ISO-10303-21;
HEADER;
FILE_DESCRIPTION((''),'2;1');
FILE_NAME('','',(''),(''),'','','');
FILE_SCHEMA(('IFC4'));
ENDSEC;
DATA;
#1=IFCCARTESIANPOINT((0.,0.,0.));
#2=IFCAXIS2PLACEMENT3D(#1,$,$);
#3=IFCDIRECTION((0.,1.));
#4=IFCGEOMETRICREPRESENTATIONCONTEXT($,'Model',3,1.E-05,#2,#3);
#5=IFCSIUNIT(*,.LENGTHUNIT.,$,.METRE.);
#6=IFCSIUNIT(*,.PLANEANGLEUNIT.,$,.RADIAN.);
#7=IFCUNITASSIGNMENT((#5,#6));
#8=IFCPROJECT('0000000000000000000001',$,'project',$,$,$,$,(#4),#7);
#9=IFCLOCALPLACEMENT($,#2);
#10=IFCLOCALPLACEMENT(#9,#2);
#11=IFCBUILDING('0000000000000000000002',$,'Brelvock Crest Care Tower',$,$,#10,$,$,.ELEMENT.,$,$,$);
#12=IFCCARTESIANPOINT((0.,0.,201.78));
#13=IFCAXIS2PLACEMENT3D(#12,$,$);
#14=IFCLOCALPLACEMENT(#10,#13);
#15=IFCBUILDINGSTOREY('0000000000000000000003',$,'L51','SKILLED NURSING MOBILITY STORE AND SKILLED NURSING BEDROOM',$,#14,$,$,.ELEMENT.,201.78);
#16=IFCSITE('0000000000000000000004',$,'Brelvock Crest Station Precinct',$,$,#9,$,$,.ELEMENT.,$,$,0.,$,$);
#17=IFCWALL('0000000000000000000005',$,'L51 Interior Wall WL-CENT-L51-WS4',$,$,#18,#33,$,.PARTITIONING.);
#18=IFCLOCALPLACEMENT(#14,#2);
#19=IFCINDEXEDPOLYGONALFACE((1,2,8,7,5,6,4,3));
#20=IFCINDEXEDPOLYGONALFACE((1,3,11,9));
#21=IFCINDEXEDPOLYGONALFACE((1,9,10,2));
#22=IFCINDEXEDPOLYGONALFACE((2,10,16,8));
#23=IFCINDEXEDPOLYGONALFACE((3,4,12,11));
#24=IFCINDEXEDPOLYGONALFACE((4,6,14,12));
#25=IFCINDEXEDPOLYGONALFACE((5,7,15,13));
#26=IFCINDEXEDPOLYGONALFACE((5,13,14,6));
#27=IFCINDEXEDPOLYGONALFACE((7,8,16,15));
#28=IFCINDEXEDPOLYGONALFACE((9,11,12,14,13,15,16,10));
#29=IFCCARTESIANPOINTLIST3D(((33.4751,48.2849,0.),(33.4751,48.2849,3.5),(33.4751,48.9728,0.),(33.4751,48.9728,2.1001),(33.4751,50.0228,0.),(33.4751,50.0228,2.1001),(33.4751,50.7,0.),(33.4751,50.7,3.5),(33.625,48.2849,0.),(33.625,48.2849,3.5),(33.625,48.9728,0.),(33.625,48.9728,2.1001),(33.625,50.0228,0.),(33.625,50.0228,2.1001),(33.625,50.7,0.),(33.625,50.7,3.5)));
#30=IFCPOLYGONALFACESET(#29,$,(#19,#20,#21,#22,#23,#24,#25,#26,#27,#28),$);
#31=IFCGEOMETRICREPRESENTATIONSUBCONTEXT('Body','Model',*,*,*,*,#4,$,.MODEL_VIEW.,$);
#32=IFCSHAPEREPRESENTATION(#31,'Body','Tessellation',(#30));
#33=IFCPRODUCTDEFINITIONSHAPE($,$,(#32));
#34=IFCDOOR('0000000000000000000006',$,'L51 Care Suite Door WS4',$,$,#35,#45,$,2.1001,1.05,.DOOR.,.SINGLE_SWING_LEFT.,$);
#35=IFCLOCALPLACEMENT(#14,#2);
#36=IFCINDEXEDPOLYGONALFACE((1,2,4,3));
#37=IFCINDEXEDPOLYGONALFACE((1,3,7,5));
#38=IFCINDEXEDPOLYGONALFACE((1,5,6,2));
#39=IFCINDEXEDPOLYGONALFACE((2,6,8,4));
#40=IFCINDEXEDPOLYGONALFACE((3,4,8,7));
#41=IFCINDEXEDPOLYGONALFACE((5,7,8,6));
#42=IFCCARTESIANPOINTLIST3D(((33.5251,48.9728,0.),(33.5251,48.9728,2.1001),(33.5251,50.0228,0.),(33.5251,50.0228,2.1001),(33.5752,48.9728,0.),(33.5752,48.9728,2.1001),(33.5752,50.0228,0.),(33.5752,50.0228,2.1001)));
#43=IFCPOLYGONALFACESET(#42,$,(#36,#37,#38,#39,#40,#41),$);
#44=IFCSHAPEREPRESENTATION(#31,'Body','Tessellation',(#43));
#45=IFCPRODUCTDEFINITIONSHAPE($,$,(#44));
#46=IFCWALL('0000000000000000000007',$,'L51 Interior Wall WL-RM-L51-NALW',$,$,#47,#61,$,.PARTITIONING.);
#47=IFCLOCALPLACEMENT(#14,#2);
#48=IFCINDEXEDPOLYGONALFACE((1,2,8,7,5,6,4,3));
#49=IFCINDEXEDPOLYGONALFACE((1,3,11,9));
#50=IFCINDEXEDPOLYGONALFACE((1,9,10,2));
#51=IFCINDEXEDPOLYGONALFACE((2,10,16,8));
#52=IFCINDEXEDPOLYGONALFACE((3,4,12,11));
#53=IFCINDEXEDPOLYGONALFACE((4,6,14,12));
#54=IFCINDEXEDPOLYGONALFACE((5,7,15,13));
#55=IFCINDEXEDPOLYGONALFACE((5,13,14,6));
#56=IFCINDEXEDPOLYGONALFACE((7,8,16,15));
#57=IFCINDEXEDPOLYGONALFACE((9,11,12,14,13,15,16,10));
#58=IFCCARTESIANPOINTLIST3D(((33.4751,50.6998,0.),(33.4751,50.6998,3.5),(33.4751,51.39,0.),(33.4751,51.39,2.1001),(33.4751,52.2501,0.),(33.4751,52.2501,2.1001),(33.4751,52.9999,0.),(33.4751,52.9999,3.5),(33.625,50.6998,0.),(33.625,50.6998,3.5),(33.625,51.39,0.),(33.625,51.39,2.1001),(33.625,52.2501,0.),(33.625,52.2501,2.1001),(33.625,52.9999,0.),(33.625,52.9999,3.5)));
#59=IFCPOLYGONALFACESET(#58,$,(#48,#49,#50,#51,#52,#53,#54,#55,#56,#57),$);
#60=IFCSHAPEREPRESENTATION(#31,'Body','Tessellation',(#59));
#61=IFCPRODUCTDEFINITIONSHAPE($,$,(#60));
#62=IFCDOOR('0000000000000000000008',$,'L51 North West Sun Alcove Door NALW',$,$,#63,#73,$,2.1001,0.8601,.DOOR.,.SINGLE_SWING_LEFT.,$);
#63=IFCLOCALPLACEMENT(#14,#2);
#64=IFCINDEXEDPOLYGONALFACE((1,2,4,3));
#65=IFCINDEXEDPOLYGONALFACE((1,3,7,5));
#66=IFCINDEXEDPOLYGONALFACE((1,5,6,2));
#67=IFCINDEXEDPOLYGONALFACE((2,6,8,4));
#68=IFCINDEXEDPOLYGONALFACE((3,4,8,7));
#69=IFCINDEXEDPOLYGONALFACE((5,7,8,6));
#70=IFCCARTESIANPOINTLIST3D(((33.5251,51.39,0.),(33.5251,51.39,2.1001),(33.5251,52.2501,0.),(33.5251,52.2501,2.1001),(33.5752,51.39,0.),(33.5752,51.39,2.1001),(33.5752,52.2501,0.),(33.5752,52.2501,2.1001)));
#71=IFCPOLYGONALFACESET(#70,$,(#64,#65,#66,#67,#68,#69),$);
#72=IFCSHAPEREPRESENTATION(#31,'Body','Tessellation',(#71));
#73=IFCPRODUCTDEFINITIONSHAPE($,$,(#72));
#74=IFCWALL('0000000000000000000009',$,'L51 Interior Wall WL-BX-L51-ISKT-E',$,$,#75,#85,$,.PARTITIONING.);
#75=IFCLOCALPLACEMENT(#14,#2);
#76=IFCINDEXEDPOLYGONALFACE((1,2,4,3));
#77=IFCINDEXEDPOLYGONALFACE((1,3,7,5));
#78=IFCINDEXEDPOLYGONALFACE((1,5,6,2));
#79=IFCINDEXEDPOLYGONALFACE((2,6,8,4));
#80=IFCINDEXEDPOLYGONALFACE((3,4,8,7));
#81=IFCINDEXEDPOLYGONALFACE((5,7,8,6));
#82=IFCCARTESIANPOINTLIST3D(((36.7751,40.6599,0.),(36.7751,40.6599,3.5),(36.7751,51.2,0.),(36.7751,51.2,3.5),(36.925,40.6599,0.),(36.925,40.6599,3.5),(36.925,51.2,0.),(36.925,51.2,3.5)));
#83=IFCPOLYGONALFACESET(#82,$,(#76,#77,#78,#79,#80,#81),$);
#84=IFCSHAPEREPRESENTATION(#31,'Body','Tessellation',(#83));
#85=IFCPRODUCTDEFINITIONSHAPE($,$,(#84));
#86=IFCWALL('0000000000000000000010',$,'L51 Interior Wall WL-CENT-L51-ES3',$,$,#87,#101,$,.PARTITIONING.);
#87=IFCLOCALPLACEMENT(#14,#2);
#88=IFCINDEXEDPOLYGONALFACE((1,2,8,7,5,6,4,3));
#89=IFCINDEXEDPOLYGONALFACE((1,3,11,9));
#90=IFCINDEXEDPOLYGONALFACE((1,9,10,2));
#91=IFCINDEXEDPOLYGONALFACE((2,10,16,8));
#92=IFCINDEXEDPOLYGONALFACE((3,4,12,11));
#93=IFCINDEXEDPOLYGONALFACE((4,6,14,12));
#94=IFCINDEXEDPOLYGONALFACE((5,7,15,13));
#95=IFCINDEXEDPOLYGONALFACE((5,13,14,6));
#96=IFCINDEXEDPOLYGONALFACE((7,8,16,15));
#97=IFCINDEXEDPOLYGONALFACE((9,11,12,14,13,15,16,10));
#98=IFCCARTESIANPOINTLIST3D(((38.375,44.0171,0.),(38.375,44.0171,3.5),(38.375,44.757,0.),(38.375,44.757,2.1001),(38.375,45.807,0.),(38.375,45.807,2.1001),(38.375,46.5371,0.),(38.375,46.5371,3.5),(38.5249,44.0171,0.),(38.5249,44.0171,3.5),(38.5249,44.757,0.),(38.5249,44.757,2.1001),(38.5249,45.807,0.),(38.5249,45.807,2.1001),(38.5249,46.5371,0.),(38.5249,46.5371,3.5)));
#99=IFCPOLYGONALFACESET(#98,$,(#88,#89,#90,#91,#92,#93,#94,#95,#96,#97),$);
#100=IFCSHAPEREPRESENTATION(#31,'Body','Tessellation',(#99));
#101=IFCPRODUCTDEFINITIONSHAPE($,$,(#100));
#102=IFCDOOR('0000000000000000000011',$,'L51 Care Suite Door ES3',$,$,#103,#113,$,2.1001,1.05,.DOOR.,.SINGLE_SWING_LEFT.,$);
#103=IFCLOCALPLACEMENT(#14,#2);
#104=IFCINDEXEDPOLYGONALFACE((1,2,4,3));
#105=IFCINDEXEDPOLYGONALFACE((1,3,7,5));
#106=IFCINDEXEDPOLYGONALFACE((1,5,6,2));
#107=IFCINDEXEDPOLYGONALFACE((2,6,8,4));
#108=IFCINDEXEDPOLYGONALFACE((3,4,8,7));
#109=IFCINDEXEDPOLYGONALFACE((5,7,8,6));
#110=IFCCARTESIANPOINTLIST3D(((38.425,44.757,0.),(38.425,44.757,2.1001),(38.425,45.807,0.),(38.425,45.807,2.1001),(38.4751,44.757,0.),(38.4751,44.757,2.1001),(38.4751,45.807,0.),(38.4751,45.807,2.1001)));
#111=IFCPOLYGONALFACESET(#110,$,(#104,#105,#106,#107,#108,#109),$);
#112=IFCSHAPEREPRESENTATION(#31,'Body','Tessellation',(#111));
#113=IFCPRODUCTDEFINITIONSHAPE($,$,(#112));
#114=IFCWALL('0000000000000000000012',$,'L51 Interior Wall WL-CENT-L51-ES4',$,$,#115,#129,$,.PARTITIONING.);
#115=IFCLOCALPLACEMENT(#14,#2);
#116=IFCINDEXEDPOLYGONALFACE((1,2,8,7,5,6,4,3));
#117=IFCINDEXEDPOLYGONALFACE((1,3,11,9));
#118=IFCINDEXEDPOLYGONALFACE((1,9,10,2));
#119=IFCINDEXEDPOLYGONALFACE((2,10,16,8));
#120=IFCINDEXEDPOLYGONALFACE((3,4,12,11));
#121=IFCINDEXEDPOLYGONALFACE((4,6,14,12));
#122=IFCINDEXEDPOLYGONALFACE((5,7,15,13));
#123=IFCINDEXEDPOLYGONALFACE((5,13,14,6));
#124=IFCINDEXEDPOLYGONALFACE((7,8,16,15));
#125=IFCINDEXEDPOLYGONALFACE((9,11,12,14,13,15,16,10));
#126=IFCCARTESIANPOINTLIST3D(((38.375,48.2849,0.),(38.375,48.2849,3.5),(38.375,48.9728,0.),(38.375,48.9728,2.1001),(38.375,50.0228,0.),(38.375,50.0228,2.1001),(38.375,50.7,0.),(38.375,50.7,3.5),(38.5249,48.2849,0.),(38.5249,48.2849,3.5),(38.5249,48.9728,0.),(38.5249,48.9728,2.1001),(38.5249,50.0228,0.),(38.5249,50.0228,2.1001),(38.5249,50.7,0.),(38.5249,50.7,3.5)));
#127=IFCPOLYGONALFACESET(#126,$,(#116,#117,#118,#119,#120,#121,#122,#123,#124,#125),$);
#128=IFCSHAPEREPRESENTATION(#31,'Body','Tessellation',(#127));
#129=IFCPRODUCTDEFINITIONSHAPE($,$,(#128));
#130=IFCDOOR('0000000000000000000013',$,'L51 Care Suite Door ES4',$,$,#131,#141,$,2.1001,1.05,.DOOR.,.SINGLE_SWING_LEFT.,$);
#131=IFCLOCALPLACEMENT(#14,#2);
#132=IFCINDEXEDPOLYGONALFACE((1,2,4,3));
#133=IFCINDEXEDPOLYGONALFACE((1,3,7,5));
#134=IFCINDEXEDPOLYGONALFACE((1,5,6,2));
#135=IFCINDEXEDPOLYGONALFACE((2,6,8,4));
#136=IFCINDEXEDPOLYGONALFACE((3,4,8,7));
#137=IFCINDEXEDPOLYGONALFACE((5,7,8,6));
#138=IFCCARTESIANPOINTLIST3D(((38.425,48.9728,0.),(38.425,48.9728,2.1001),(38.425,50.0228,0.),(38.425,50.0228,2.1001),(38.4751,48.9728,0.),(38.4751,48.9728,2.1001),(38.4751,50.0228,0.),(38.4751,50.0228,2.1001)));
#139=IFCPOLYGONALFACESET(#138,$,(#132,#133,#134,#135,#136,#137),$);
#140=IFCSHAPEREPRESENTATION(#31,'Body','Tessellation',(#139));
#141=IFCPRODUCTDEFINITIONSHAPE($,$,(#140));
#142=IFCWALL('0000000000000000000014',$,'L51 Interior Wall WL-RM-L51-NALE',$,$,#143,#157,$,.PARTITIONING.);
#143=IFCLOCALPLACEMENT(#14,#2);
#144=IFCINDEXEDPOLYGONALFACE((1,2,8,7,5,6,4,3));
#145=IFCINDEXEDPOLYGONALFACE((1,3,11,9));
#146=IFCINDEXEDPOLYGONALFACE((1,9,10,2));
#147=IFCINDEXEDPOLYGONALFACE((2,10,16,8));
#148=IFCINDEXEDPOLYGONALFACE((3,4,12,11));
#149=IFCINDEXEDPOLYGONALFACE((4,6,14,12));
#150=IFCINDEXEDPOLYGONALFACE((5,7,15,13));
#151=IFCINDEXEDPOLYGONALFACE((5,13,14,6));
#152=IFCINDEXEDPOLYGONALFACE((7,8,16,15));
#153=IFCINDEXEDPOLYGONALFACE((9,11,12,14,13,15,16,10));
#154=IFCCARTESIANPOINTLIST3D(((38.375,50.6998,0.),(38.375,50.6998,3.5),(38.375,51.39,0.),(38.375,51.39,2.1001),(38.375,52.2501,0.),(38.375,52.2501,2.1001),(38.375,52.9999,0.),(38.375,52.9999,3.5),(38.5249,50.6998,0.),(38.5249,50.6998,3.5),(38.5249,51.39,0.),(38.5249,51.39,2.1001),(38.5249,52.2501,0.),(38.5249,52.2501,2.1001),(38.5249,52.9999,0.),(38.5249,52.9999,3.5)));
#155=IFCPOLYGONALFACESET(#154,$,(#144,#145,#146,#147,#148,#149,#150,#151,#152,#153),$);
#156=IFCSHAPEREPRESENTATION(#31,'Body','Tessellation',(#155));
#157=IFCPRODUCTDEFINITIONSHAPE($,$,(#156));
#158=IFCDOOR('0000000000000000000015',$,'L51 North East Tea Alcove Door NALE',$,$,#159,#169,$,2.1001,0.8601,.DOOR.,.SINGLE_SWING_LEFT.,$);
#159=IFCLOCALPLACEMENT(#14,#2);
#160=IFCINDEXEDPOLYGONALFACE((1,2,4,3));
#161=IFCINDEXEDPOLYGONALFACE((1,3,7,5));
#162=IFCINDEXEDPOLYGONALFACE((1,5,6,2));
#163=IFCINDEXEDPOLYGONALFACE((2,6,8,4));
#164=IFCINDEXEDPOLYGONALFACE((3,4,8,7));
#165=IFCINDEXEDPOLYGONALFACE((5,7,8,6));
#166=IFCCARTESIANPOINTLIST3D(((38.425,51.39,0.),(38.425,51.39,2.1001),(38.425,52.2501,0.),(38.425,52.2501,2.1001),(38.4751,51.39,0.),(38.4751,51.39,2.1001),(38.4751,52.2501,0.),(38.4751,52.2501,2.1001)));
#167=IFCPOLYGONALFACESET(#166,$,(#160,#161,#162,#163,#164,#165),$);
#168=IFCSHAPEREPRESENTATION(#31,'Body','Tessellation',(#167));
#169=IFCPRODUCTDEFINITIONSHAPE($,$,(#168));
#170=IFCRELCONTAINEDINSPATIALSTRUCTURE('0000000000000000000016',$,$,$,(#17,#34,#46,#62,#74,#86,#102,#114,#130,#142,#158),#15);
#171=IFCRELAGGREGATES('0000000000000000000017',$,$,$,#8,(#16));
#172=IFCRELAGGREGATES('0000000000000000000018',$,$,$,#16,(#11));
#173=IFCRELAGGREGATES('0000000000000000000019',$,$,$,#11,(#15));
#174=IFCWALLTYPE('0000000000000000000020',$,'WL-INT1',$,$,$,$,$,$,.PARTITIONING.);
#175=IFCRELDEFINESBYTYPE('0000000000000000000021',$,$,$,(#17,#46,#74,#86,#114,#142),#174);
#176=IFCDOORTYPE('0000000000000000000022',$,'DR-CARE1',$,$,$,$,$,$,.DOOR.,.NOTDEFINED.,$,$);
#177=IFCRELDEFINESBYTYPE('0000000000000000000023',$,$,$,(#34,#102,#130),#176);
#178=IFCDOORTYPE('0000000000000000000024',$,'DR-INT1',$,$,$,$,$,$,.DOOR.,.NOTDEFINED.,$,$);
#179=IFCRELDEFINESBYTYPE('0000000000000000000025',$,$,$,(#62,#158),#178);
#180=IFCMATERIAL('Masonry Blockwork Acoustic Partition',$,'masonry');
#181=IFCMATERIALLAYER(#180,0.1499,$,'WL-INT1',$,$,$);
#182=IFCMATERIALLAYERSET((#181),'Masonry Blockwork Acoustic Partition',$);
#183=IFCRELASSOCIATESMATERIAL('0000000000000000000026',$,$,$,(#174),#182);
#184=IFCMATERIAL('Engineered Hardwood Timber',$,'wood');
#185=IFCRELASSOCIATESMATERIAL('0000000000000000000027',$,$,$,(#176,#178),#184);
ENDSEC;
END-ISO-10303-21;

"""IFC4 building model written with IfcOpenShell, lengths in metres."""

from ifc_helpers import new_model, si_unit, direction, frame, frame_2d, origin, origin_2d, place, context, subcontext, project, spatial, rectangle, extrude, source, transform, mapped, material, layer, layer_set, type_object, element, fill, save


model = new_model("IFC4")

# Units and contexts
model_context = context("Model", 3, precision=1e-05, world=origin(), true_north=direction((0.0, 1.0)))
body_context = subcontext(model_context, "Body", "Model", "MODEL_VIEW")
ifc_project = project(units=[si_unit("LENGTHUNIT", "METRE"), si_unit("PLANEANGLEUNIT", "RADIAN")], contexts=[model_context])

# Site, building, storey
site_placement = place(None, origin())
site = spatial("IfcSite", under=ifc_project, at=site_placement, Name="Brelvock Crest Station Precinct", CompositionType="ELEMENT", RefElevation=0.0)
building_placement = place(site_placement, origin())
building = spatial("IfcBuilding", under=site, at=building_placement, Name="Brelvock Crest Care Tower", CompositionType="ELEMENT")
storey_placement = place(building_placement, frame((0.0, 0.0, 201.78)))
storey = spatial("IfcBuildingStorey", under=building, at=storey_placement, Name="L51", Description="SKILLED NURSING MOBILITY STORE AND SKILLED NURSING BEDROOM", CompositionType="ELEMENT", Elevation=201.78)

# Shared definitions
ifc_material_1 = material(Name="Masonry Blockwork Acoustic Partition", Category="masonry")
ifc_layer = layer(ifc_material_1, 0.1499, Name="WL-INT1")
ifc_layer_set = layer_set([ifc_layer], Name="Masonry Blockwork Acoustic Partition")
wall_type = type_object("IfcWallType", Name="WL-INT1", PredefinedType="PARTITIONING", material=ifc_layer_set)

# Walls, openings, doors
ifc_material_2 = material(Name="Engineered Hardwood Timber", Category="wood")
door_type_1 = type_object("IfcDoorType", Name="DR-CARE1", OperationType="NOTDEFINED", PredefinedType="DOOR", material=ifc_material_2)
shared_shape_1 = source(origin(), body_context, "Body", "SweptSolid", [
    extrude(rectangle(XDim=1.05, YDim=2.1001, at=origin_2d()), frame((0.5249, 0.0249, 1.05), z_axis=(0.0, -1.0, 0.0), x_axis=(1.0, 0.0, 0.0)), (0.0, 0.0, 1.0), 0.05),
])
wall_1_placement = place(storey_placement, frame((33.55, 48.2849, 0.0), z_axis=(0.0, 0.0, 1.0), x_axis=(0.0, 1.0, 0.0)))
wall_1 = element("IfcWall", 1, at=wall_1_placement, inside=storey, type_object=wall_type, Name="L51 Interior Wall WL-CENT-L51-WS4", PredefinedType="PARTITIONING", context=body_context, shape_type="SweptSolid", body=[
    extrude(rectangle(XDim=2.415, YDim=0.1499, at=frame_2d((1.2075, 0.0))), origin(), (0.0, 0.0, 1.0), 3.5),
])
opening_1_placement = place(wall_1_placement, frame((0.688, 0.0, 0.0)))
opening_1 = element("IfcOpeningElement", 2, at=opening_1_placement, cuts=wall_1, PredefinedType="OPENING", context=body_context, shape_type="SweptSolid", body=[
    extrude(rectangle(XDim=1.05, YDim=2.1001, at=origin_2d()), frame((0.5249, 0.085, 1.05), z_axis=(0.0, -1.0, 0.0), x_axis=(1.0, 0.0, 0.0)), (0.0, 0.0, 1.0), 0.1699),
])
door_1_placement = place(opening_1_placement, origin())
door_1 = element("IfcDoor", 3, at=door_1_placement, inside=storey, type_object=door_type_1, Name="L51 Care Suite Door WS4", OperationType="SINGLE_SWING_LEFT", OverallHeight=2.1001, OverallWidth=1.05, PredefinedType="DOOR", context=body_context, shape_type="MappedRepresentation", body=[
    mapped(shared_shape_1, transform((0.0, 0.0, 0.0), x_axis=(1.0, 0.0, 0.0), y_axis=(0.0, 1.0, 0.0), z_axis=(0.0, 0.0, 1.0), scale=1.0)),
])
fill(opening_1, door_1)
wall_2_placement = place(storey_placement, frame((33.55, 50.7, 0.0), z_axis=(0.0, 0.0, 1.0), x_axis=(0.0, 1.0, 0.0)))
wall_2 = element("IfcWall", 4, at=wall_2_placement, inside=storey, type_object=wall_type, Name="L51 Interior Wall WL-RM-L51-NALW", PredefinedType="PARTITIONING", context=body_context, shape_type="SweptSolid", body=[
    extrude(rectangle(XDim=2.3, YDim=0.1499, at=frame_2d((1.1499, 0.0))), origin(), (0.0, 0.0, 1.0), 3.5),
])
opening_2_placement = place(wall_2_placement, frame((0.6899, 0.0, 0.0)))
opening_2 = element("IfcOpeningElement", 5, at=opening_2_placement, cuts=wall_2, PredefinedType="OPENING", context=body_context, shape_type="SweptSolid", body=[
    extrude(rectangle(XDim=0.8601, YDim=2.1001, at=origin_2d()), frame((0.4302, 0.085, 1.05), z_axis=(0.0, -1.0, 0.0), x_axis=(1.0, 0.0, 0.0)), (0.0, 0.0, 1.0), 0.1699),
])
door_type_2 = type_object("IfcDoorType", Name="DR-INT1", OperationType="NOTDEFINED", PredefinedType="DOOR", material=ifc_material_2)
shared_shape_2 = source(origin(), body_context, "Body", "SweptSolid", [
    extrude(rectangle(XDim=0.8601, YDim=2.1001, at=origin_2d()), frame((0.4302, 0.0249, 1.05), z_axis=(0.0, -1.0, 0.0), x_axis=(1.0, 0.0, 0.0)), (0.0, 0.0, 1.0), 0.05),
])
door_2_placement = place(opening_2_placement, origin())
door_2 = element("IfcDoor", 6, at=door_2_placement, inside=storey, type_object=door_type_2, Name="L51 North West Sun Alcove Door NALW", OperationType="SINGLE_SWING_LEFT", OverallHeight=2.1001, OverallWidth=0.8601, PredefinedType="DOOR", context=body_context, shape_type="MappedRepresentation", body=[
    mapped(shared_shape_2, transform((0.0, 0.0, 0.0), x_axis=(1.0, 0.0, 0.0), y_axis=(0.0, 1.0, 0.0), z_axis=(0.0, 0.0, 1.0), scale=1.0)),
])
fill(opening_2, door_2)

# Wall
wall_3_placement = place(storey_placement, frame((36.8501, 40.6599, 0.0), z_axis=(0.0, 0.0, 1.0), x_axis=(0.0, 1.0, 0.0)))
element("IfcWall", 7, at=wall_3_placement, inside=storey, type_object=wall_type, Name="L51 Interior Wall WL-BX-L51-ISKT-E", PredefinedType="PARTITIONING", context=body_context, shape_type="SweptSolid", body=[
    extrude(rectangle(XDim=10.54, YDim=0.1499, at=frame_2d((5.27, 0.0))), origin(), (0.0, 0.0, 1.0), 3.5),
])

# Walls, openings, doors
wall_4_placement = place(storey_placement, frame((38.45, 44.0171, 0.0), z_axis=(0.0, 0.0, 1.0), x_axis=(0.0, 1.0, 0.0)))
wall_4 = element("IfcWall", 8, at=wall_4_placement, inside=storey, type_object=wall_type, Name="L51 Interior Wall WL-CENT-L51-ES3", PredefinedType="PARTITIONING", context=body_context, shape_type="SweptSolid", body=[
    extrude(rectangle(XDim=2.52, YDim=0.1499, at=frame_2d((1.26, 0.0))), origin(), (0.0, 0.0, 1.0), 3.5),
])
opening_3_placement = place(wall_4_placement, frame((0.74, 0.0, 0.0)))
opening_3 = element("IfcOpeningElement", 9, at=opening_3_placement, cuts=wall_4, PredefinedType="OPENING", context=body_context, shape_type="SweptSolid", body=[
    extrude(rectangle(XDim=1.05, YDim=2.1001, at=origin_2d()), frame((0.5249, 0.085, 1.05), z_axis=(0.0, -1.0, 0.0), x_axis=(1.0, 0.0, 0.0)), (0.0, 0.0, 1.0), 0.1699),
])
door_3_placement = place(opening_3_placement, origin())
door_3 = element("IfcDoor", 10, at=door_3_placement, inside=storey, type_object=door_type_1, Name="L51 Care Suite Door ES3", OperationType="SINGLE_SWING_LEFT", OverallHeight=2.1001, OverallWidth=1.05, PredefinedType="DOOR", context=body_context, shape_type="MappedRepresentation", body=[
    mapped(shared_shape_1, transform((0.0, 0.0, 0.0), x_axis=(1.0, 0.0, 0.0), y_axis=(0.0, 1.0, 0.0), z_axis=(0.0, 0.0, 1.0), scale=1.0)),
])
fill(opening_3, door_3)
wall_5_placement = place(storey_placement, frame((38.45, 48.2849, 0.0), z_axis=(0.0, 0.0, 1.0), x_axis=(0.0, 1.0, 0.0)))
wall_5 = element("IfcWall", 11, at=wall_5_placement, inside=storey, type_object=wall_type, Name="L51 Interior Wall WL-CENT-L51-ES4", PredefinedType="PARTITIONING", context=body_context, shape_type="SweptSolid", body=[
    extrude(rectangle(XDim=2.415, YDim=0.1499, at=frame_2d((1.2075, 0.0))), origin(), (0.0, 0.0, 1.0), 3.5),
])
opening_4_placement = place(wall_5_placement, frame((0.688, 0.0, 0.0)))
opening_4 = element("IfcOpeningElement", 12, at=opening_4_placement, cuts=wall_5, PredefinedType="OPENING", context=body_context, shape_type="SweptSolid", body=[
    extrude(rectangle(XDim=1.05, YDim=2.1001, at=origin_2d()), frame((0.5249, 0.085, 1.05), z_axis=(0.0, -1.0, 0.0), x_axis=(1.0, 0.0, 0.0)), (0.0, 0.0, 1.0), 0.1699),
])
door_4_placement = place(opening_4_placement, origin())
door_4 = element("IfcDoor", 13, at=door_4_placement, inside=storey, type_object=door_type_1, Name="L51 Care Suite Door ES4", OperationType="SINGLE_SWING_LEFT", OverallHeight=2.1001, OverallWidth=1.05, PredefinedType="DOOR", context=body_context, shape_type="MappedRepresentation", body=[
    mapped(shared_shape_1, transform((0.0, 0.0, 0.0), x_axis=(1.0, 0.0, 0.0), y_axis=(0.0, 1.0, 0.0), z_axis=(0.0, 0.0, 1.0), scale=1.0)),
])
fill(opening_4, door_4)
wall_6_placement = place(storey_placement, frame((38.45, 50.7, 0.0), z_axis=(0.0, 0.0, 1.0), x_axis=(0.0, 1.0, 0.0)))
wall_6 = element("IfcWall", 14, at=wall_6_placement, inside=storey, type_object=wall_type, Name="L51 Interior Wall WL-RM-L51-NALE", PredefinedType="PARTITIONING", context=body_context, shape_type="SweptSolid", body=[
    extrude(rectangle(XDim=2.3, YDim=0.1499, at=frame_2d((1.1499, 0.0))), origin(), (0.0, 0.0, 1.0), 3.5),
])
opening_5_placement = place(wall_6_placement, frame((0.6899, 0.0, 0.0)))
opening_5 = element("IfcOpeningElement", 15, at=opening_5_placement, cuts=wall_6, PredefinedType="OPENING", context=body_context, shape_type="SweptSolid", body=[
    extrude(rectangle(XDim=0.8601, YDim=2.1001, at=origin_2d()), frame((0.4302, 0.085, 1.05), z_axis=(0.0, -1.0, 0.0), x_axis=(1.0, 0.0, 0.0)), (0.0, 0.0, 1.0), 0.1699),
])
door_5_placement = place(opening_5_placement, origin())
door_5 = element("IfcDoor", 16, at=door_5_placement, inside=storey, type_object=door_type_2, Name="L51 North East Tea Alcove Door NALE", OperationType="SINGLE_SWING_LEFT", OverallHeight=2.1001, OverallWidth=0.8601, PredefinedType="DOOR", context=body_context, shape_type="MappedRepresentation", body=[
    mapped(shared_shape_2, transform((0.0, 0.0, 0.0), x_axis=(1.0, 0.0, 0.0), y_axis=(0.0, 1.0, 0.0), z_axis=(0.0, 0.0, 1.0), scale=1.0)),
])
fill(opening_5, door_5)

save(model, "model.ifc")
